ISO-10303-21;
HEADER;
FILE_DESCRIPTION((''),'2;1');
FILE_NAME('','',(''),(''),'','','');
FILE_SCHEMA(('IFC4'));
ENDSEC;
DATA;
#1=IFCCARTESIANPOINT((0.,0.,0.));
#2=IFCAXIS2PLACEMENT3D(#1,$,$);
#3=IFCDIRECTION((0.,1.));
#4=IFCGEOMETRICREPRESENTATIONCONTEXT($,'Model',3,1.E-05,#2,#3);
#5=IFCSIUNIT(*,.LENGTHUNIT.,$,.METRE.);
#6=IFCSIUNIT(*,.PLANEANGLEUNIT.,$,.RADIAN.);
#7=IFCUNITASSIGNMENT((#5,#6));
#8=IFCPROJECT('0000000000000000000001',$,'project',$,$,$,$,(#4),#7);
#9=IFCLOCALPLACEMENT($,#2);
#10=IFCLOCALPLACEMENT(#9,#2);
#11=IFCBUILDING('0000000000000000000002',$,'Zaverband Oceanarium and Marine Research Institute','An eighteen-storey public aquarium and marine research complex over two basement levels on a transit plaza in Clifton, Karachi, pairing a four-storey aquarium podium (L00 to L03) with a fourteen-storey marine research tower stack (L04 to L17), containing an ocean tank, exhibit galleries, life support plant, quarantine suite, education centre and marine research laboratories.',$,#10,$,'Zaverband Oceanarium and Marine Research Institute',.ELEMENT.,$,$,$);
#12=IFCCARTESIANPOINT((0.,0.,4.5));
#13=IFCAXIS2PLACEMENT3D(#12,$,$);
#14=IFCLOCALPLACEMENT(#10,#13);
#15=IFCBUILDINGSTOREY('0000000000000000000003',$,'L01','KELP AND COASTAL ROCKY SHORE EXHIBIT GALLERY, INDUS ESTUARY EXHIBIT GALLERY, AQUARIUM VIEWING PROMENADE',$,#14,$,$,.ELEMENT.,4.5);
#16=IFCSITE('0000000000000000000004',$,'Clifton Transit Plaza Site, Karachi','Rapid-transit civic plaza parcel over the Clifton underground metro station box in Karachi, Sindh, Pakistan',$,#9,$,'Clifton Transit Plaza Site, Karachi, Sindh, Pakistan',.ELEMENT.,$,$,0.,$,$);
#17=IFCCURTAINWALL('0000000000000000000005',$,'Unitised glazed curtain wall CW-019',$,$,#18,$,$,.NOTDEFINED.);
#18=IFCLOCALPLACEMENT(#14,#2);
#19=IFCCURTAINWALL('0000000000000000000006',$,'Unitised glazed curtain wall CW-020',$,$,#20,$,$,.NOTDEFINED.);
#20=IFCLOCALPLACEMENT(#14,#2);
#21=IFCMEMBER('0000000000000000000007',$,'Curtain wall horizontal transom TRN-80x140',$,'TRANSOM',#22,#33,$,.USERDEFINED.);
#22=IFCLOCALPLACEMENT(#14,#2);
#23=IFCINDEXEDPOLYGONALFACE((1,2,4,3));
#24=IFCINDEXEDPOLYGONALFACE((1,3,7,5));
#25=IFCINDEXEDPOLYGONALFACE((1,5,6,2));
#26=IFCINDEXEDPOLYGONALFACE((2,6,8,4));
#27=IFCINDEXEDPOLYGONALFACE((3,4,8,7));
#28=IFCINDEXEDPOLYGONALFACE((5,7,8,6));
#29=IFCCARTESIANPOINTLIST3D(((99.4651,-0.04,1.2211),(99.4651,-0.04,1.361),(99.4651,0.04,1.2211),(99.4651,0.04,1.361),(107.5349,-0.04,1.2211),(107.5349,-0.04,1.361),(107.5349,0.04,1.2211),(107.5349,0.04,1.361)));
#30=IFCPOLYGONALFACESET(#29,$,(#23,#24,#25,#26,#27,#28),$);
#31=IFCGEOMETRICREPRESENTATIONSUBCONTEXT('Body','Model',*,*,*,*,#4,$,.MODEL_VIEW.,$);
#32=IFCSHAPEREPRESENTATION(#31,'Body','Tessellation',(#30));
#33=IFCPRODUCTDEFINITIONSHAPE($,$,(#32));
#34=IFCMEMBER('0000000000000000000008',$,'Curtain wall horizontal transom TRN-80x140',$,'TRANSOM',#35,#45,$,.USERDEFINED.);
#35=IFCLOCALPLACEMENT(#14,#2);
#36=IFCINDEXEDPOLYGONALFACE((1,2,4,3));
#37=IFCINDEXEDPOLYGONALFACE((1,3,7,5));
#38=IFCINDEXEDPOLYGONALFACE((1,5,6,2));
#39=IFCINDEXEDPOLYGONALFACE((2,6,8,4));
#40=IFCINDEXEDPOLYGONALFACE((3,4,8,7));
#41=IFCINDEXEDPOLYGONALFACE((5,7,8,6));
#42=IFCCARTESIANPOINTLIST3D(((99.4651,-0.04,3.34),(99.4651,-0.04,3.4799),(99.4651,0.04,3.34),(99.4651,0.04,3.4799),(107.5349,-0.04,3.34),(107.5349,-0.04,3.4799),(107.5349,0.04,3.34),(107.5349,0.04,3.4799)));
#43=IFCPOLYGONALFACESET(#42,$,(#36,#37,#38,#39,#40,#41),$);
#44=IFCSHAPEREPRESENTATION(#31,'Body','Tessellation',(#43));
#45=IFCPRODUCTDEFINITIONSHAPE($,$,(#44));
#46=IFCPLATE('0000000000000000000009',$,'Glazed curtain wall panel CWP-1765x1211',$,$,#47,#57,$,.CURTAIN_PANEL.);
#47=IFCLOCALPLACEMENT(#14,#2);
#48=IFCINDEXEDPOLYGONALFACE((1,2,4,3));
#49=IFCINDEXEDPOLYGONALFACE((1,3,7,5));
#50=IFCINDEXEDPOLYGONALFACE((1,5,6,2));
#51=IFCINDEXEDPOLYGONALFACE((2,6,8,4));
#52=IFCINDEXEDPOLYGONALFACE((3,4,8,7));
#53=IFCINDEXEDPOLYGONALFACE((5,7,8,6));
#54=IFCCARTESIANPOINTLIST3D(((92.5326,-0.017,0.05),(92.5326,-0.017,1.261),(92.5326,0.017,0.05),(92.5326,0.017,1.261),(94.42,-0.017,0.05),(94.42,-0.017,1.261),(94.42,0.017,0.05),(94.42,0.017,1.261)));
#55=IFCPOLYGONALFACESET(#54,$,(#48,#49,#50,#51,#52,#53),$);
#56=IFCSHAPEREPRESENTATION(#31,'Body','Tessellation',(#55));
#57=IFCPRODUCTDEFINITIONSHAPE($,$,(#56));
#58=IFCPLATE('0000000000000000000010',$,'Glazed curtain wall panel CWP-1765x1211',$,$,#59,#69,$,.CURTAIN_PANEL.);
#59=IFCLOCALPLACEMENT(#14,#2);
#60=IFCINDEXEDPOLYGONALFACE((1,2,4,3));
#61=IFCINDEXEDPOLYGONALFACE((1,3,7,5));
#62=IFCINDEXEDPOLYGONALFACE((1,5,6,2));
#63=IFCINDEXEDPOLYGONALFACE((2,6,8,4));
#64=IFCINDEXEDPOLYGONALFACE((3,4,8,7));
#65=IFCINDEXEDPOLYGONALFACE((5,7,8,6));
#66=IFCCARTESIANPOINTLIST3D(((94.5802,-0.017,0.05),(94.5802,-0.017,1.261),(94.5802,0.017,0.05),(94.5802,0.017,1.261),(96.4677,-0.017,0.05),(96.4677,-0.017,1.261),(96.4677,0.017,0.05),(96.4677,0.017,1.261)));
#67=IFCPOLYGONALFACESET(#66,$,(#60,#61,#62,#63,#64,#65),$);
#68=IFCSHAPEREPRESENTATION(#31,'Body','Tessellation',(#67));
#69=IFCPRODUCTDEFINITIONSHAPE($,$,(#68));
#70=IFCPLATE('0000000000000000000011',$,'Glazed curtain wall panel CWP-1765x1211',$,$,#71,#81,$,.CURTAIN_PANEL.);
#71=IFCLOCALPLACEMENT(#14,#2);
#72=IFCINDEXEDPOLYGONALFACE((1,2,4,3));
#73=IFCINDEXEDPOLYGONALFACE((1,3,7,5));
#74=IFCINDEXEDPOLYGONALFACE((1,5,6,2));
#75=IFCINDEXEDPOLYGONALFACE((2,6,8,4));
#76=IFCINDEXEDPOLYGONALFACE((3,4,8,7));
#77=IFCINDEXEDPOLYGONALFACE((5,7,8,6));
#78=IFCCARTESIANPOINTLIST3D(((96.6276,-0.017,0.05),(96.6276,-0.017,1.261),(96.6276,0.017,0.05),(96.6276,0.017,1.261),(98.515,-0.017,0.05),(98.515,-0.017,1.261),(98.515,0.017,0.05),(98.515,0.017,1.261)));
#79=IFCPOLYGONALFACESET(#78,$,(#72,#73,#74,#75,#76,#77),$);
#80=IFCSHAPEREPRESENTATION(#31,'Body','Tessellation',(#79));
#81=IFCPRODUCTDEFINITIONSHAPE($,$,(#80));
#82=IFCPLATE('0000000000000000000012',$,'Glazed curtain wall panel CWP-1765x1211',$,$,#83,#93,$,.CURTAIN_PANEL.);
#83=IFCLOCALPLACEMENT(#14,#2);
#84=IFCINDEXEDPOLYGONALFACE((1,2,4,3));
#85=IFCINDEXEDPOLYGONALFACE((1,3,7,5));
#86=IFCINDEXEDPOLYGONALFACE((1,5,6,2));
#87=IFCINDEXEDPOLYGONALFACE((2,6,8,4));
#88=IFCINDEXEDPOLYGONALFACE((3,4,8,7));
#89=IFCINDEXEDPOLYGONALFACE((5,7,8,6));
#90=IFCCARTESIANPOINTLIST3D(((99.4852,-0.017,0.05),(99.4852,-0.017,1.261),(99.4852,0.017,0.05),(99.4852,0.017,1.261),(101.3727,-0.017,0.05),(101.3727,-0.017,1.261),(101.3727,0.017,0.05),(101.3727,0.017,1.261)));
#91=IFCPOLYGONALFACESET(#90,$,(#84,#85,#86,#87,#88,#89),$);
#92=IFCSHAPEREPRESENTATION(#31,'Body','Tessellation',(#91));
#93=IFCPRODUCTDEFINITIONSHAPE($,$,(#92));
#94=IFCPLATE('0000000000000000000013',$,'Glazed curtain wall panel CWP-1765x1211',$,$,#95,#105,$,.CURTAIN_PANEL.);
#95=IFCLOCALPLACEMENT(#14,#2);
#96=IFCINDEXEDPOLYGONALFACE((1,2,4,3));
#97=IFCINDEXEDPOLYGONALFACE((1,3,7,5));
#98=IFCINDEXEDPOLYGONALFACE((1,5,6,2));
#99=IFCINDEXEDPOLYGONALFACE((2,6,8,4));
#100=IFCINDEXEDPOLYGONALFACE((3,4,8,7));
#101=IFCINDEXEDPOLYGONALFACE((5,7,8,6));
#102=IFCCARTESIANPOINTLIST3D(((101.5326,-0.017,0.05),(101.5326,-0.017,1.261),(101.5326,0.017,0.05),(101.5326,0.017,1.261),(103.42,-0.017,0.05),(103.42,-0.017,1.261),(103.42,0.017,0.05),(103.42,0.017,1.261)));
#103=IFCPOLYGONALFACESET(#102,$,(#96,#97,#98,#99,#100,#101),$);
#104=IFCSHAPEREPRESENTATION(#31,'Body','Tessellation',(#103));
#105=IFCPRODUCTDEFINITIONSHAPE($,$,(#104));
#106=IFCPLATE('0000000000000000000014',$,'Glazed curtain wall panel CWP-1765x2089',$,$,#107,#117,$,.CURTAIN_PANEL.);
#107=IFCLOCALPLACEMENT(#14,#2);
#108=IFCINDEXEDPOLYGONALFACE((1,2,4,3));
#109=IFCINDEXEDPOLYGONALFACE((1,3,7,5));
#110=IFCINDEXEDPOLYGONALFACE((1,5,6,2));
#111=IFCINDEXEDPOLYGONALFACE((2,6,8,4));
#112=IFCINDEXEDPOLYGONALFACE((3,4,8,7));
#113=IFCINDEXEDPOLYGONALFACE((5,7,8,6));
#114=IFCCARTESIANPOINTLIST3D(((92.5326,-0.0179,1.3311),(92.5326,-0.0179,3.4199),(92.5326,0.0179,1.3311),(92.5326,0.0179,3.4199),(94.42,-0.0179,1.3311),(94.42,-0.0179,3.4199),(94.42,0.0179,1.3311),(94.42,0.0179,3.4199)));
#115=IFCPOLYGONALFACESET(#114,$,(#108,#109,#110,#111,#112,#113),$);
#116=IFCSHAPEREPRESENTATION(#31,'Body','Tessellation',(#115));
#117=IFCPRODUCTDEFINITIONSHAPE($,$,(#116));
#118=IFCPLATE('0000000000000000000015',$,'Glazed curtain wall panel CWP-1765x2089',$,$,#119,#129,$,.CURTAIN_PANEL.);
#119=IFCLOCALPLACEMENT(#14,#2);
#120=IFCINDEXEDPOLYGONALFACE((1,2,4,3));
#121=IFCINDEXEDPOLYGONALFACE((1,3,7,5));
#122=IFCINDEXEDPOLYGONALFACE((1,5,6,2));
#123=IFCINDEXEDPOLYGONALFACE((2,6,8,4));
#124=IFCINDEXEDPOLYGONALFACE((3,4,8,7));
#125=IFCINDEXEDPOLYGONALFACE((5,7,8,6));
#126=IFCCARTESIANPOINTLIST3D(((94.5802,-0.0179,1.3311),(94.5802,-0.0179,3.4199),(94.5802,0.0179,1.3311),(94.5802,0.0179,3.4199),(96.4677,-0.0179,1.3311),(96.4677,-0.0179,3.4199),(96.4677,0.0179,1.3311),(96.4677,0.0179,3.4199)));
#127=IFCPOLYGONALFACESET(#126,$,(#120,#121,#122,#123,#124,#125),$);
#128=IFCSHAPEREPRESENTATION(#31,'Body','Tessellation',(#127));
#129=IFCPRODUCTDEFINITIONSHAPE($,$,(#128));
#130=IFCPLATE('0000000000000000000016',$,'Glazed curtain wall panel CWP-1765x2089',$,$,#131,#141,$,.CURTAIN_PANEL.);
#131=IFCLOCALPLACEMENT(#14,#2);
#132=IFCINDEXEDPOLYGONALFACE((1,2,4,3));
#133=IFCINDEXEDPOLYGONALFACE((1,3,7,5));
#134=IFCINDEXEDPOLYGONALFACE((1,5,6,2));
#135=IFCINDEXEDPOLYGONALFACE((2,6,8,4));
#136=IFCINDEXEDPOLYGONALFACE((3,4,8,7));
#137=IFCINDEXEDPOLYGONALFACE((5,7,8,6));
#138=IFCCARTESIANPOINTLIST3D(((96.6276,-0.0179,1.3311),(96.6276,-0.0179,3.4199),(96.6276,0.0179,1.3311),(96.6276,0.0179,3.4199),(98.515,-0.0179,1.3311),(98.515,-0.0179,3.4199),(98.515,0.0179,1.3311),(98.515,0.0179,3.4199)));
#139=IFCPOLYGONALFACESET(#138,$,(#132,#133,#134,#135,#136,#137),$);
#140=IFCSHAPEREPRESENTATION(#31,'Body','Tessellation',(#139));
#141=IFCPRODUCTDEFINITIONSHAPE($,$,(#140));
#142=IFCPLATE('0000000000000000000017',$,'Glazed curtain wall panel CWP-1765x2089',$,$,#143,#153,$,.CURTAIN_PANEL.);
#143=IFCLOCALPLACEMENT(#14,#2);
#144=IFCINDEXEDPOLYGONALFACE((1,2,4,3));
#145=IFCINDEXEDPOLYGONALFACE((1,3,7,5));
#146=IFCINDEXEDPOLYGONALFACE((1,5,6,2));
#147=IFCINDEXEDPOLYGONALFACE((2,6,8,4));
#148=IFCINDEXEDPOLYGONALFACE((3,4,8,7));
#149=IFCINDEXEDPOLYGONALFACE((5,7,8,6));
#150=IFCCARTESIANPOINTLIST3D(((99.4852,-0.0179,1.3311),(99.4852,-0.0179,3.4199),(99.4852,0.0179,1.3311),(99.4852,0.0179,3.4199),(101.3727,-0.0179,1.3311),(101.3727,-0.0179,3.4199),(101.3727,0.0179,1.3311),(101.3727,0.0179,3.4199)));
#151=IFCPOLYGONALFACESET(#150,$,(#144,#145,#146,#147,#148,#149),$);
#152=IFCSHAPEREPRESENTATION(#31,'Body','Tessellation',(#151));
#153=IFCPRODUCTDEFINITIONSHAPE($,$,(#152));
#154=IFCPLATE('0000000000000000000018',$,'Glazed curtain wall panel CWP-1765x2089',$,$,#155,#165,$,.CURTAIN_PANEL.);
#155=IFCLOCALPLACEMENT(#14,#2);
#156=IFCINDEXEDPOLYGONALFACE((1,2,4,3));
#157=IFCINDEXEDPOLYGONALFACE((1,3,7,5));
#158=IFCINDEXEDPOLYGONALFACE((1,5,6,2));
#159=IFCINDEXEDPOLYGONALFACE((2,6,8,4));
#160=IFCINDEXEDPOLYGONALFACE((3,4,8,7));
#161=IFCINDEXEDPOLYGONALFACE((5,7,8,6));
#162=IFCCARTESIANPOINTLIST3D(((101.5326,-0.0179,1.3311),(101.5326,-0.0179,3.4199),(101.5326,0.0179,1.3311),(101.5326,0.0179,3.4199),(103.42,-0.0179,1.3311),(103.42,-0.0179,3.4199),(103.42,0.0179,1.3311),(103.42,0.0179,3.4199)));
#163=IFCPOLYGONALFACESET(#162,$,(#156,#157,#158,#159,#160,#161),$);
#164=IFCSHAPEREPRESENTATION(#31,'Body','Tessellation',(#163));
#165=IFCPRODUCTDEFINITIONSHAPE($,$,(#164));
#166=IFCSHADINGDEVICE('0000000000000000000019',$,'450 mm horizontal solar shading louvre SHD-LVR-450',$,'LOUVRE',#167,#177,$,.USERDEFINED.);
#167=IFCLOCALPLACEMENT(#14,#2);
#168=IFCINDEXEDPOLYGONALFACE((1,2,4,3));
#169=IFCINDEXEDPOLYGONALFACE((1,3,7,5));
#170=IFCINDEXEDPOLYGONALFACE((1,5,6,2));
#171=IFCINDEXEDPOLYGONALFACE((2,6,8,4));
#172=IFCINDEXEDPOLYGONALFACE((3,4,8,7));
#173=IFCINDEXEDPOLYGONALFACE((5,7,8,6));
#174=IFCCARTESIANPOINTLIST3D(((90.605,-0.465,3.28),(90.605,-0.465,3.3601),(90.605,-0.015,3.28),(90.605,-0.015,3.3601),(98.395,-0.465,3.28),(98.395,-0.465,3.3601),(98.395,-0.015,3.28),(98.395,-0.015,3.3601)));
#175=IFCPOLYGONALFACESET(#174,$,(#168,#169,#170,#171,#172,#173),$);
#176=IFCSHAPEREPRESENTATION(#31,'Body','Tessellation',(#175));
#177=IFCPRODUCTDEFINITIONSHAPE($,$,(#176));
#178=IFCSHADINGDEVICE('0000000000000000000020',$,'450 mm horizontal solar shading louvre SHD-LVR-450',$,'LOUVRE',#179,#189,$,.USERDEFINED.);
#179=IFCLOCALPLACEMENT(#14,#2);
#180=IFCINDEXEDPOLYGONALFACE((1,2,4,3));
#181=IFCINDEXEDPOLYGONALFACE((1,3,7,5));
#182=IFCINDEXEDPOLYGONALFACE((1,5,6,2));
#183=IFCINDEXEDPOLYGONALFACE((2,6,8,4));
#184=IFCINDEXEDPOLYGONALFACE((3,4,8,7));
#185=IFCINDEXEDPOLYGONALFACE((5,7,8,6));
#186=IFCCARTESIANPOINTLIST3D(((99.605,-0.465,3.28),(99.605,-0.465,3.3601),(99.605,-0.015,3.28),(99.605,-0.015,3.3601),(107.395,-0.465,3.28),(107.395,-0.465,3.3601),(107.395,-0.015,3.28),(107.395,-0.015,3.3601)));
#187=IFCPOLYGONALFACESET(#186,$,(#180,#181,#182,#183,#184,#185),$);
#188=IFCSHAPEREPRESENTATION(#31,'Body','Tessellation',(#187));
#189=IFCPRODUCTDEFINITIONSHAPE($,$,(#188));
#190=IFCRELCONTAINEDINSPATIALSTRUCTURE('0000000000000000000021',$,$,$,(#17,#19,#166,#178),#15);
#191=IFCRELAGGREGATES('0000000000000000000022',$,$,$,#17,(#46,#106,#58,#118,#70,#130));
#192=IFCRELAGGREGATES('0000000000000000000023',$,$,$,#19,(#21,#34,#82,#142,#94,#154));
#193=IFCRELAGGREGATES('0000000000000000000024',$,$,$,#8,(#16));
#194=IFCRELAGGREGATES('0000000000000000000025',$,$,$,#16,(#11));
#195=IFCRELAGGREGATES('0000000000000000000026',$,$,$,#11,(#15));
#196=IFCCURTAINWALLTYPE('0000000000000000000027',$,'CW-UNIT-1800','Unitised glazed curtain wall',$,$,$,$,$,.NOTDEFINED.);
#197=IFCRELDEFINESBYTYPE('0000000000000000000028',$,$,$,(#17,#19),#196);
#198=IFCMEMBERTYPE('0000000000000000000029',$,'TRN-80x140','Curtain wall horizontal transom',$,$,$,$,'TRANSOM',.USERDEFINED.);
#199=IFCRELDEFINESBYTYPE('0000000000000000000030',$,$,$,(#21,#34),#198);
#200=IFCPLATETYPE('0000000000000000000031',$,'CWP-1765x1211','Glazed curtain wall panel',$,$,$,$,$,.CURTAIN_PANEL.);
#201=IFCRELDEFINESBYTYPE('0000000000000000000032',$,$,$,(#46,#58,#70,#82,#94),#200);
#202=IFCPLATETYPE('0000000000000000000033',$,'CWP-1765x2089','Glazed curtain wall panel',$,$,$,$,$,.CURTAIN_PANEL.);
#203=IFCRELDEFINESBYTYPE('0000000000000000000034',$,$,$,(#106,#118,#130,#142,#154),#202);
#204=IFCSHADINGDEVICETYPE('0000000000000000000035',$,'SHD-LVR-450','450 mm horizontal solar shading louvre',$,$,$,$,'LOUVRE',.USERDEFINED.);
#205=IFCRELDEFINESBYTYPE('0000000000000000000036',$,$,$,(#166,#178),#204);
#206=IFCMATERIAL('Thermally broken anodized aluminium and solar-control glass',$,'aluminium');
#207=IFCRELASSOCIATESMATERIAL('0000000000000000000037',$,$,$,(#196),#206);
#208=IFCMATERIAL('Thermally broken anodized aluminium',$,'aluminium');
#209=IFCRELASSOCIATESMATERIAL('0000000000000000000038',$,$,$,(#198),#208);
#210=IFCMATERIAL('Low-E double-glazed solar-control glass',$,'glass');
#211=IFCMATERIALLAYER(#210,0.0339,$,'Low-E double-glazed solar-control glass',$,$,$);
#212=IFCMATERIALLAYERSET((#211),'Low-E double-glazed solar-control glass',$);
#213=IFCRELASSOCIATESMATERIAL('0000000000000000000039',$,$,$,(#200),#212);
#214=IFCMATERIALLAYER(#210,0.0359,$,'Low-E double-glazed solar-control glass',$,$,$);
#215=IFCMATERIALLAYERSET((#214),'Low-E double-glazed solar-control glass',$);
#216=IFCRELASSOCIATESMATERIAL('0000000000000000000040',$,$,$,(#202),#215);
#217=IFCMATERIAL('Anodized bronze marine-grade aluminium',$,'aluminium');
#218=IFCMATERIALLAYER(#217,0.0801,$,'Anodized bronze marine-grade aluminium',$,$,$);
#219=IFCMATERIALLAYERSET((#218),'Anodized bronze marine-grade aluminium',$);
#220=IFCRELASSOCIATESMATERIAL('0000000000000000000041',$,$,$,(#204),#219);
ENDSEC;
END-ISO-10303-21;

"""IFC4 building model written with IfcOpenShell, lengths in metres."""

from ifc_helpers import new_model, si_unit, direction, frame, frame_2d, origin, origin_2d, place, context, subcontext, project, spatial, rectangle, extrude, material, layer, layer_set, material_profile, profile_set, type_object, element, aggregate, save


model = new_model("IFC4")

# Units and contexts
model_context = context("Model", 3, precision=1e-05, world=origin(), true_north=direction((0.0, 1.0)))
body_context = subcontext(model_context, "Body", "Model", "MODEL_VIEW")
ifc_project = project(units=[si_unit("LENGTHUNIT", "METRE"), si_unit("PLANEANGLEUNIT", "RADIAN")], contexts=[model_context])

# Site, building, storey
site_placement = place(None, origin())
site = spatial("IfcSite", under=ifc_project, at=site_placement, Name="Clifton Transit Plaza Site, Karachi", Description="Rapid-transit civic plaza parcel over the Clifton underground metro station box in Karachi, Sindh, Pakistan", LongName="Clifton Transit Plaza Site, Karachi, Sindh, Pakistan", CompositionType="ELEMENT", RefElevation=0.0)
building_placement = place(site_placement, origin())
building = spatial("IfcBuilding", under=site, at=building_placement, Name="Zaverband Oceanarium and Marine Research Institute", Description="An eighteen-storey public aquarium and marine research complex over two basement levels on a transit plaza in Clifton, Karachi, pairing a four-storey aquarium podium (L00 to L03) with a fourteen-storey marine research tower stack (L04 to L17), containing an ocean tank, exhibit galleries, life support plant, quarantine suite, education centre and marine research laboratories.", LongName="Zaverband Oceanarium and Marine Research Institute", CompositionType="ELEMENT")
storey_placement = place(building_placement, frame((0.0, 0.0, 4.5)))
storey = spatial("IfcBuildingStorey", under=building, at=storey_placement, Name="L01", Description="KELP AND COASTAL ROCKY SHORE EXHIBIT GALLERY, INDUS ESTUARY EXHIBIT GALLERY, AQUARIUM VIEWING PROMENADE", CompositionType="ELEMENT", Elevation=4.5)

# Curtain walls
ifc_material_1 = material(Name="Thermally broken anodized aluminium and solar-control glass", Category="aluminium")
curtain_wall_type = type_object("IfcCurtainWallType", Name="CW-UNIT-1800", Description="Unitised glazed curtain wall", PredefinedType="NOTDEFINED", material=ifc_material_1)
curtain_wall_1_placement = place(storey_placement, origin())
curtain_wall_1 = element("IfcCurtainWall", 1, at=curtain_wall_1_placement, inside=storey, type_object=curtain_wall_type, Name="Unitised glazed curtain wall CW-019", PredefinedType="NOTDEFINED")
ifc_material_2 = material(Name="Thermally broken anodized aluminium", Category="aluminium")
curtain_wall_2_placement = place(storey_placement, origin())
curtain_wall_2 = element("IfcCurtainWall", 2, at=curtain_wall_2_placement, inside=storey, type_object=curtain_wall_type, Name="Unitised glazed curtain wall CW-020", PredefinedType="NOTDEFINED")

# Members
ifc_material_profile_1 = material_profile(ifc_material_2, rectangle(XDim=0.0801, YDim=0.1399, at=origin_2d()), Name="AL-TRN-80x140")
ifc_profile_set_1 = profile_set([ifc_material_profile_1], Name="Thermally broken anodized aluminium")
member_type_1 = type_object("IfcMemberType", Name="TRN-80x140", Description="Curtain wall horizontal transom", ElementType="TRANSOM", PredefinedType="USERDEFINED", material=ifc_profile_set_1)
member_1_placement = place(storey_placement, frame((99.4651, 0.0, 1.291), z_axis=(1.0, 0.0, 0.0), x_axis=(0.0, 1.0, 0.0)))
member_1 = element("IfcMember", 3, at=member_1_placement, type_object=member_type_1, Name="Curtain wall horizontal transom TRN-80x140", ObjectType="TRANSOM", PredefinedType="USERDEFINED", context=body_context, shape_type="SweptSolid", body=[
    extrude(rectangle(XDim=0.0801, YDim=0.1399, at=origin_2d()), origin(), (0.0, 0.0, 1.0), 8.0698),
])
member_2_placement = place(storey_placement, frame((99.4651, 0.0, 3.4099), z_axis=(1.0, 0.0, 0.0), x_axis=(0.0, 1.0, 0.0)))
member_2 = element("IfcMember", 4, at=member_2_placement, type_object=member_type_1, Name="Curtain wall horizontal transom TRN-80x140", ObjectType="TRANSOM", PredefinedType="USERDEFINED", context=body_context, shape_type="SweptSolid", body=[
    extrude(rectangle(XDim=0.0801, YDim=0.1399, at=origin_2d()), origin(), (0.0, 0.0, 1.0), 8.0698),
])

# Plates
ifc_material_3 = material(Name="Low-E double-glazed solar-control glass", Category="glass")
ifc_layer_1 = layer(ifc_material_3, 0.0339, Name="Low-E double-glazed solar-control glass")
ifc_layer_set_1 = layer_set([ifc_layer_1], Name="Low-E double-glazed solar-control glass")
plate_type_1 = type_object("IfcPlateType", Name="CWP-1765x1211", Description="Glazed curtain wall panel", PredefinedType="CURTAIN_PANEL", material=ifc_layer_set_1)
plate_1_placement = place(storey_placement, frame((92.5325, 0.0, 0.05), z_axis=(0.0, 0.0, 1.0), x_axis=(1.0, 0.0, 0.0)))
plate_1 = element("IfcPlate", 5, at=plate_1_placement, type_object=plate_type_1, Name="Glazed curtain wall panel CWP-1765x1211", PredefinedType="CURTAIN_PANEL", context=body_context, shape_type="SweptSolid", body=[
    extrude(rectangle(XDim=1.8875, YDim=0.0339, at=frame_2d((0.9438, 0.0))), origin(), (0.0, 0.0, 1.0), 1.2109),
])
plate_2_placement = place(storey_placement, frame((94.5801, 0.0, 0.05), z_axis=(0.0, 0.0, 1.0), x_axis=(1.0, 0.0, 0.0)))
plate_2 = element("IfcPlate", 6, at=plate_2_placement, type_object=plate_type_1, Name="Glazed curtain wall panel CWP-1765x1211", PredefinedType="CURTAIN_PANEL", context=body_context, shape_type="SweptSolid", body=[
    extrude(rectangle(XDim=1.8875, YDim=0.0339, at=frame_2d((0.9438, 0.0))), origin(), (0.0, 0.0, 1.0), 1.2109),
])
plate_3_placement = place(storey_placement, frame((96.6274, 0.0, 0.05), z_axis=(0.0, 0.0, 1.0), x_axis=(1.0, 0.0, 0.0)))
plate_3 = element("IfcPlate", 7, at=plate_3_placement, type_object=plate_type_1, Name="Glazed curtain wall panel CWP-1765x1211", PredefinedType="CURTAIN_PANEL", context=body_context, shape_type="SweptSolid", body=[
    extrude(rectangle(XDim=1.8875, YDim=0.0339, at=frame_2d((0.9438, 0.0))), origin(), (0.0, 0.0, 1.0), 1.2109),
])
plate_4_placement = place(storey_placement, frame((99.4851, 0.0, 0.05), z_axis=(0.0, 0.0, 1.0), x_axis=(1.0, 0.0, 0.0)))
plate_4 = element("IfcPlate", 8, at=plate_4_placement, type_object=plate_type_1, Name="Glazed curtain wall panel CWP-1765x1211", PredefinedType="CURTAIN_PANEL", context=body_context, shape_type="SweptSolid", body=[
    extrude(rectangle(XDim=1.8875, YDim=0.0339, at=frame_2d((0.9438, 0.0))), origin(), (0.0, 0.0, 1.0), 1.2109),
])
plate_5_placement = place(storey_placement, frame((101.5325, 0.0, 0.05), z_axis=(0.0, 0.0, 1.0), x_axis=(1.0, 0.0, 0.0)))
plate_5 = element("IfcPlate", 9, at=plate_5_placement, type_object=plate_type_1, Name="Glazed curtain wall panel CWP-1765x1211", PredefinedType="CURTAIN_PANEL", context=body_context, shape_type="SweptSolid", body=[
    extrude(rectangle(XDim=1.8875, YDim=0.0339, at=frame_2d((0.9438, 0.0))), origin(), (0.0, 0.0, 1.0), 1.2109),
])
ifc_layer_2 = layer(ifc_material_3, 0.0359, Name="Low-E double-glazed solar-control glass")
ifc_layer_set_2 = layer_set([ifc_layer_2], Name="Low-E double-glazed solar-control glass")
plate_type_2 = type_object("IfcPlateType", Name="CWP-1765x2089", Description="Glazed curtain wall panel", PredefinedType="CURTAIN_PANEL", material=ifc_layer_set_2)
plate_6_placement = place(storey_placement, frame((92.5325, 0.0, 1.3311), z_axis=(0.0, 0.0, 1.0), x_axis=(1.0, 0.0, 0.0)))
plate_6 = element("IfcPlate", 10, at=plate_6_placement, type_object=plate_type_2, Name="Glazed curtain wall panel CWP-1765x2089", PredefinedType="CURTAIN_PANEL", context=body_context, shape_type="SweptSolid", body=[
    extrude(rectangle(XDim=1.8875, YDim=0.0359, at=frame_2d((0.9438, 0.0))), origin(), (0.0, 0.0, 1.0), 2.0889),
])
plate_7_placement = place(storey_placement, frame((94.5801, 0.0, 1.3311), z_axis=(0.0, 0.0, 1.0), x_axis=(1.0, 0.0, 0.0)))
plate_7 = element("IfcPlate", 11, at=plate_7_placement, type_object=plate_type_2, Name="Glazed curtain wall panel CWP-1765x2089", PredefinedType="CURTAIN_PANEL", context=body_context, shape_type="SweptSolid", body=[
    extrude(rectangle(XDim=1.8875, YDim=0.0359, at=frame_2d((0.9438, 0.0))), origin(), (0.0, 0.0, 1.0), 2.0889),
])
plate_8_placement = place(storey_placement, frame((96.6274, 0.0, 1.3311), z_axis=(0.0, 0.0, 1.0), x_axis=(1.0, 0.0, 0.0)))
plate_8 = element("IfcPlate", 12, at=plate_8_placement, type_object=plate_type_2, Name="Glazed curtain wall panel CWP-1765x2089", PredefinedType="CURTAIN_PANEL", context=body_context, shape_type="SweptSolid", body=[
    extrude(rectangle(XDim=1.8875, YDim=0.0359, at=frame_2d((0.9438, 0.0))), origin(), (0.0, 0.0, 1.0), 2.0889),
])
aggregate(curtain_wall_1, [plate_1, plate_6, plate_2, plate_7, plate_3, plate_8])
plate_9_placement = place(storey_placement, frame((99.4851, 0.0, 1.3311), z_axis=(0.0, 0.0, 1.0), x_axis=(1.0, 0.0, 0.0)))
plate_9 = element("IfcPlate", 13, at=plate_9_placement, type_object=plate_type_2, Name="Glazed curtain wall panel CWP-1765x2089", PredefinedType="CURTAIN_PANEL", context=body_context, shape_type="SweptSolid", body=[
    extrude(rectangle(XDim=1.8875, YDim=0.0359, at=frame_2d((0.9438, 0.0))), origin(), (0.0, 0.0, 1.0), 2.0889),
])
plate_10_placement = place(storey_placement, frame((101.5325, 0.0, 1.3311), z_axis=(0.0, 0.0, 1.0), x_axis=(1.0, 0.0, 0.0)))
plate_10 = element("IfcPlate", 14, at=plate_10_placement, type_object=plate_type_2, Name="Glazed curtain wall panel CWP-1765x2089", PredefinedType="CURTAIN_PANEL", context=body_context, shape_type="SweptSolid", body=[
    extrude(rectangle(XDim=1.8875, YDim=0.0359, at=frame_2d((0.9438, 0.0))), origin(), (0.0, 0.0, 1.0), 2.0889),
])
aggregate(curtain_wall_2, [member_1, member_2, plate_4, plate_9, plate_5, plate_10])

# Shading devices
ifc_material_4 = material(Name="Anodized bronze marine-grade aluminium", Category="aluminium")
ifc_layer_3 = layer(ifc_material_4, 0.0801, Name="Anodized bronze marine-grade aluminium")
ifc_layer_set_3 = layer_set([ifc_layer_3], Name="Anodized bronze marine-grade aluminium")
shading_device_type = type_object("IfcShadingDeviceType", Name="SHD-LVR-450", Description="450 mm horizontal solar shading louvre", ElementType="LOUVRE", PredefinedType="USERDEFINED", material=ifc_layer_set_3)
for number, where, z_axis, x_axis, name in (
    (15, (90.605, -0.24, 3.28), (0.0, 0.0, 1.0), (1.0, 0.0, 0.0), "450 mm horizontal solar shading louvre SHD-LVR-450"),
    (16, (99.605, -0.24, 3.28), (0.0, 0.0, 1.0), (1.0, 0.0, 0.0), "450 mm horizontal solar shading louvre SHD-LVR-450"),
):
    element("IfcShadingDevice", number, at=place(storey_placement, frame(where, z_axis=z_axis, x_axis=x_axis)), inside=storey, type_object=shading_device_type, Name=name, ObjectType="LOUVRE", PredefinedType="USERDEFINED", context=body_context, shape_type="SweptSolid", body=[
        extrude(rectangle(XDim=7.79, YDim=0.45, at=frame_2d((3.895, 0.0))), origin(), (0.0, 0.0, 1.0), 0.0801),
    ])

save(model, "model.ifc")
